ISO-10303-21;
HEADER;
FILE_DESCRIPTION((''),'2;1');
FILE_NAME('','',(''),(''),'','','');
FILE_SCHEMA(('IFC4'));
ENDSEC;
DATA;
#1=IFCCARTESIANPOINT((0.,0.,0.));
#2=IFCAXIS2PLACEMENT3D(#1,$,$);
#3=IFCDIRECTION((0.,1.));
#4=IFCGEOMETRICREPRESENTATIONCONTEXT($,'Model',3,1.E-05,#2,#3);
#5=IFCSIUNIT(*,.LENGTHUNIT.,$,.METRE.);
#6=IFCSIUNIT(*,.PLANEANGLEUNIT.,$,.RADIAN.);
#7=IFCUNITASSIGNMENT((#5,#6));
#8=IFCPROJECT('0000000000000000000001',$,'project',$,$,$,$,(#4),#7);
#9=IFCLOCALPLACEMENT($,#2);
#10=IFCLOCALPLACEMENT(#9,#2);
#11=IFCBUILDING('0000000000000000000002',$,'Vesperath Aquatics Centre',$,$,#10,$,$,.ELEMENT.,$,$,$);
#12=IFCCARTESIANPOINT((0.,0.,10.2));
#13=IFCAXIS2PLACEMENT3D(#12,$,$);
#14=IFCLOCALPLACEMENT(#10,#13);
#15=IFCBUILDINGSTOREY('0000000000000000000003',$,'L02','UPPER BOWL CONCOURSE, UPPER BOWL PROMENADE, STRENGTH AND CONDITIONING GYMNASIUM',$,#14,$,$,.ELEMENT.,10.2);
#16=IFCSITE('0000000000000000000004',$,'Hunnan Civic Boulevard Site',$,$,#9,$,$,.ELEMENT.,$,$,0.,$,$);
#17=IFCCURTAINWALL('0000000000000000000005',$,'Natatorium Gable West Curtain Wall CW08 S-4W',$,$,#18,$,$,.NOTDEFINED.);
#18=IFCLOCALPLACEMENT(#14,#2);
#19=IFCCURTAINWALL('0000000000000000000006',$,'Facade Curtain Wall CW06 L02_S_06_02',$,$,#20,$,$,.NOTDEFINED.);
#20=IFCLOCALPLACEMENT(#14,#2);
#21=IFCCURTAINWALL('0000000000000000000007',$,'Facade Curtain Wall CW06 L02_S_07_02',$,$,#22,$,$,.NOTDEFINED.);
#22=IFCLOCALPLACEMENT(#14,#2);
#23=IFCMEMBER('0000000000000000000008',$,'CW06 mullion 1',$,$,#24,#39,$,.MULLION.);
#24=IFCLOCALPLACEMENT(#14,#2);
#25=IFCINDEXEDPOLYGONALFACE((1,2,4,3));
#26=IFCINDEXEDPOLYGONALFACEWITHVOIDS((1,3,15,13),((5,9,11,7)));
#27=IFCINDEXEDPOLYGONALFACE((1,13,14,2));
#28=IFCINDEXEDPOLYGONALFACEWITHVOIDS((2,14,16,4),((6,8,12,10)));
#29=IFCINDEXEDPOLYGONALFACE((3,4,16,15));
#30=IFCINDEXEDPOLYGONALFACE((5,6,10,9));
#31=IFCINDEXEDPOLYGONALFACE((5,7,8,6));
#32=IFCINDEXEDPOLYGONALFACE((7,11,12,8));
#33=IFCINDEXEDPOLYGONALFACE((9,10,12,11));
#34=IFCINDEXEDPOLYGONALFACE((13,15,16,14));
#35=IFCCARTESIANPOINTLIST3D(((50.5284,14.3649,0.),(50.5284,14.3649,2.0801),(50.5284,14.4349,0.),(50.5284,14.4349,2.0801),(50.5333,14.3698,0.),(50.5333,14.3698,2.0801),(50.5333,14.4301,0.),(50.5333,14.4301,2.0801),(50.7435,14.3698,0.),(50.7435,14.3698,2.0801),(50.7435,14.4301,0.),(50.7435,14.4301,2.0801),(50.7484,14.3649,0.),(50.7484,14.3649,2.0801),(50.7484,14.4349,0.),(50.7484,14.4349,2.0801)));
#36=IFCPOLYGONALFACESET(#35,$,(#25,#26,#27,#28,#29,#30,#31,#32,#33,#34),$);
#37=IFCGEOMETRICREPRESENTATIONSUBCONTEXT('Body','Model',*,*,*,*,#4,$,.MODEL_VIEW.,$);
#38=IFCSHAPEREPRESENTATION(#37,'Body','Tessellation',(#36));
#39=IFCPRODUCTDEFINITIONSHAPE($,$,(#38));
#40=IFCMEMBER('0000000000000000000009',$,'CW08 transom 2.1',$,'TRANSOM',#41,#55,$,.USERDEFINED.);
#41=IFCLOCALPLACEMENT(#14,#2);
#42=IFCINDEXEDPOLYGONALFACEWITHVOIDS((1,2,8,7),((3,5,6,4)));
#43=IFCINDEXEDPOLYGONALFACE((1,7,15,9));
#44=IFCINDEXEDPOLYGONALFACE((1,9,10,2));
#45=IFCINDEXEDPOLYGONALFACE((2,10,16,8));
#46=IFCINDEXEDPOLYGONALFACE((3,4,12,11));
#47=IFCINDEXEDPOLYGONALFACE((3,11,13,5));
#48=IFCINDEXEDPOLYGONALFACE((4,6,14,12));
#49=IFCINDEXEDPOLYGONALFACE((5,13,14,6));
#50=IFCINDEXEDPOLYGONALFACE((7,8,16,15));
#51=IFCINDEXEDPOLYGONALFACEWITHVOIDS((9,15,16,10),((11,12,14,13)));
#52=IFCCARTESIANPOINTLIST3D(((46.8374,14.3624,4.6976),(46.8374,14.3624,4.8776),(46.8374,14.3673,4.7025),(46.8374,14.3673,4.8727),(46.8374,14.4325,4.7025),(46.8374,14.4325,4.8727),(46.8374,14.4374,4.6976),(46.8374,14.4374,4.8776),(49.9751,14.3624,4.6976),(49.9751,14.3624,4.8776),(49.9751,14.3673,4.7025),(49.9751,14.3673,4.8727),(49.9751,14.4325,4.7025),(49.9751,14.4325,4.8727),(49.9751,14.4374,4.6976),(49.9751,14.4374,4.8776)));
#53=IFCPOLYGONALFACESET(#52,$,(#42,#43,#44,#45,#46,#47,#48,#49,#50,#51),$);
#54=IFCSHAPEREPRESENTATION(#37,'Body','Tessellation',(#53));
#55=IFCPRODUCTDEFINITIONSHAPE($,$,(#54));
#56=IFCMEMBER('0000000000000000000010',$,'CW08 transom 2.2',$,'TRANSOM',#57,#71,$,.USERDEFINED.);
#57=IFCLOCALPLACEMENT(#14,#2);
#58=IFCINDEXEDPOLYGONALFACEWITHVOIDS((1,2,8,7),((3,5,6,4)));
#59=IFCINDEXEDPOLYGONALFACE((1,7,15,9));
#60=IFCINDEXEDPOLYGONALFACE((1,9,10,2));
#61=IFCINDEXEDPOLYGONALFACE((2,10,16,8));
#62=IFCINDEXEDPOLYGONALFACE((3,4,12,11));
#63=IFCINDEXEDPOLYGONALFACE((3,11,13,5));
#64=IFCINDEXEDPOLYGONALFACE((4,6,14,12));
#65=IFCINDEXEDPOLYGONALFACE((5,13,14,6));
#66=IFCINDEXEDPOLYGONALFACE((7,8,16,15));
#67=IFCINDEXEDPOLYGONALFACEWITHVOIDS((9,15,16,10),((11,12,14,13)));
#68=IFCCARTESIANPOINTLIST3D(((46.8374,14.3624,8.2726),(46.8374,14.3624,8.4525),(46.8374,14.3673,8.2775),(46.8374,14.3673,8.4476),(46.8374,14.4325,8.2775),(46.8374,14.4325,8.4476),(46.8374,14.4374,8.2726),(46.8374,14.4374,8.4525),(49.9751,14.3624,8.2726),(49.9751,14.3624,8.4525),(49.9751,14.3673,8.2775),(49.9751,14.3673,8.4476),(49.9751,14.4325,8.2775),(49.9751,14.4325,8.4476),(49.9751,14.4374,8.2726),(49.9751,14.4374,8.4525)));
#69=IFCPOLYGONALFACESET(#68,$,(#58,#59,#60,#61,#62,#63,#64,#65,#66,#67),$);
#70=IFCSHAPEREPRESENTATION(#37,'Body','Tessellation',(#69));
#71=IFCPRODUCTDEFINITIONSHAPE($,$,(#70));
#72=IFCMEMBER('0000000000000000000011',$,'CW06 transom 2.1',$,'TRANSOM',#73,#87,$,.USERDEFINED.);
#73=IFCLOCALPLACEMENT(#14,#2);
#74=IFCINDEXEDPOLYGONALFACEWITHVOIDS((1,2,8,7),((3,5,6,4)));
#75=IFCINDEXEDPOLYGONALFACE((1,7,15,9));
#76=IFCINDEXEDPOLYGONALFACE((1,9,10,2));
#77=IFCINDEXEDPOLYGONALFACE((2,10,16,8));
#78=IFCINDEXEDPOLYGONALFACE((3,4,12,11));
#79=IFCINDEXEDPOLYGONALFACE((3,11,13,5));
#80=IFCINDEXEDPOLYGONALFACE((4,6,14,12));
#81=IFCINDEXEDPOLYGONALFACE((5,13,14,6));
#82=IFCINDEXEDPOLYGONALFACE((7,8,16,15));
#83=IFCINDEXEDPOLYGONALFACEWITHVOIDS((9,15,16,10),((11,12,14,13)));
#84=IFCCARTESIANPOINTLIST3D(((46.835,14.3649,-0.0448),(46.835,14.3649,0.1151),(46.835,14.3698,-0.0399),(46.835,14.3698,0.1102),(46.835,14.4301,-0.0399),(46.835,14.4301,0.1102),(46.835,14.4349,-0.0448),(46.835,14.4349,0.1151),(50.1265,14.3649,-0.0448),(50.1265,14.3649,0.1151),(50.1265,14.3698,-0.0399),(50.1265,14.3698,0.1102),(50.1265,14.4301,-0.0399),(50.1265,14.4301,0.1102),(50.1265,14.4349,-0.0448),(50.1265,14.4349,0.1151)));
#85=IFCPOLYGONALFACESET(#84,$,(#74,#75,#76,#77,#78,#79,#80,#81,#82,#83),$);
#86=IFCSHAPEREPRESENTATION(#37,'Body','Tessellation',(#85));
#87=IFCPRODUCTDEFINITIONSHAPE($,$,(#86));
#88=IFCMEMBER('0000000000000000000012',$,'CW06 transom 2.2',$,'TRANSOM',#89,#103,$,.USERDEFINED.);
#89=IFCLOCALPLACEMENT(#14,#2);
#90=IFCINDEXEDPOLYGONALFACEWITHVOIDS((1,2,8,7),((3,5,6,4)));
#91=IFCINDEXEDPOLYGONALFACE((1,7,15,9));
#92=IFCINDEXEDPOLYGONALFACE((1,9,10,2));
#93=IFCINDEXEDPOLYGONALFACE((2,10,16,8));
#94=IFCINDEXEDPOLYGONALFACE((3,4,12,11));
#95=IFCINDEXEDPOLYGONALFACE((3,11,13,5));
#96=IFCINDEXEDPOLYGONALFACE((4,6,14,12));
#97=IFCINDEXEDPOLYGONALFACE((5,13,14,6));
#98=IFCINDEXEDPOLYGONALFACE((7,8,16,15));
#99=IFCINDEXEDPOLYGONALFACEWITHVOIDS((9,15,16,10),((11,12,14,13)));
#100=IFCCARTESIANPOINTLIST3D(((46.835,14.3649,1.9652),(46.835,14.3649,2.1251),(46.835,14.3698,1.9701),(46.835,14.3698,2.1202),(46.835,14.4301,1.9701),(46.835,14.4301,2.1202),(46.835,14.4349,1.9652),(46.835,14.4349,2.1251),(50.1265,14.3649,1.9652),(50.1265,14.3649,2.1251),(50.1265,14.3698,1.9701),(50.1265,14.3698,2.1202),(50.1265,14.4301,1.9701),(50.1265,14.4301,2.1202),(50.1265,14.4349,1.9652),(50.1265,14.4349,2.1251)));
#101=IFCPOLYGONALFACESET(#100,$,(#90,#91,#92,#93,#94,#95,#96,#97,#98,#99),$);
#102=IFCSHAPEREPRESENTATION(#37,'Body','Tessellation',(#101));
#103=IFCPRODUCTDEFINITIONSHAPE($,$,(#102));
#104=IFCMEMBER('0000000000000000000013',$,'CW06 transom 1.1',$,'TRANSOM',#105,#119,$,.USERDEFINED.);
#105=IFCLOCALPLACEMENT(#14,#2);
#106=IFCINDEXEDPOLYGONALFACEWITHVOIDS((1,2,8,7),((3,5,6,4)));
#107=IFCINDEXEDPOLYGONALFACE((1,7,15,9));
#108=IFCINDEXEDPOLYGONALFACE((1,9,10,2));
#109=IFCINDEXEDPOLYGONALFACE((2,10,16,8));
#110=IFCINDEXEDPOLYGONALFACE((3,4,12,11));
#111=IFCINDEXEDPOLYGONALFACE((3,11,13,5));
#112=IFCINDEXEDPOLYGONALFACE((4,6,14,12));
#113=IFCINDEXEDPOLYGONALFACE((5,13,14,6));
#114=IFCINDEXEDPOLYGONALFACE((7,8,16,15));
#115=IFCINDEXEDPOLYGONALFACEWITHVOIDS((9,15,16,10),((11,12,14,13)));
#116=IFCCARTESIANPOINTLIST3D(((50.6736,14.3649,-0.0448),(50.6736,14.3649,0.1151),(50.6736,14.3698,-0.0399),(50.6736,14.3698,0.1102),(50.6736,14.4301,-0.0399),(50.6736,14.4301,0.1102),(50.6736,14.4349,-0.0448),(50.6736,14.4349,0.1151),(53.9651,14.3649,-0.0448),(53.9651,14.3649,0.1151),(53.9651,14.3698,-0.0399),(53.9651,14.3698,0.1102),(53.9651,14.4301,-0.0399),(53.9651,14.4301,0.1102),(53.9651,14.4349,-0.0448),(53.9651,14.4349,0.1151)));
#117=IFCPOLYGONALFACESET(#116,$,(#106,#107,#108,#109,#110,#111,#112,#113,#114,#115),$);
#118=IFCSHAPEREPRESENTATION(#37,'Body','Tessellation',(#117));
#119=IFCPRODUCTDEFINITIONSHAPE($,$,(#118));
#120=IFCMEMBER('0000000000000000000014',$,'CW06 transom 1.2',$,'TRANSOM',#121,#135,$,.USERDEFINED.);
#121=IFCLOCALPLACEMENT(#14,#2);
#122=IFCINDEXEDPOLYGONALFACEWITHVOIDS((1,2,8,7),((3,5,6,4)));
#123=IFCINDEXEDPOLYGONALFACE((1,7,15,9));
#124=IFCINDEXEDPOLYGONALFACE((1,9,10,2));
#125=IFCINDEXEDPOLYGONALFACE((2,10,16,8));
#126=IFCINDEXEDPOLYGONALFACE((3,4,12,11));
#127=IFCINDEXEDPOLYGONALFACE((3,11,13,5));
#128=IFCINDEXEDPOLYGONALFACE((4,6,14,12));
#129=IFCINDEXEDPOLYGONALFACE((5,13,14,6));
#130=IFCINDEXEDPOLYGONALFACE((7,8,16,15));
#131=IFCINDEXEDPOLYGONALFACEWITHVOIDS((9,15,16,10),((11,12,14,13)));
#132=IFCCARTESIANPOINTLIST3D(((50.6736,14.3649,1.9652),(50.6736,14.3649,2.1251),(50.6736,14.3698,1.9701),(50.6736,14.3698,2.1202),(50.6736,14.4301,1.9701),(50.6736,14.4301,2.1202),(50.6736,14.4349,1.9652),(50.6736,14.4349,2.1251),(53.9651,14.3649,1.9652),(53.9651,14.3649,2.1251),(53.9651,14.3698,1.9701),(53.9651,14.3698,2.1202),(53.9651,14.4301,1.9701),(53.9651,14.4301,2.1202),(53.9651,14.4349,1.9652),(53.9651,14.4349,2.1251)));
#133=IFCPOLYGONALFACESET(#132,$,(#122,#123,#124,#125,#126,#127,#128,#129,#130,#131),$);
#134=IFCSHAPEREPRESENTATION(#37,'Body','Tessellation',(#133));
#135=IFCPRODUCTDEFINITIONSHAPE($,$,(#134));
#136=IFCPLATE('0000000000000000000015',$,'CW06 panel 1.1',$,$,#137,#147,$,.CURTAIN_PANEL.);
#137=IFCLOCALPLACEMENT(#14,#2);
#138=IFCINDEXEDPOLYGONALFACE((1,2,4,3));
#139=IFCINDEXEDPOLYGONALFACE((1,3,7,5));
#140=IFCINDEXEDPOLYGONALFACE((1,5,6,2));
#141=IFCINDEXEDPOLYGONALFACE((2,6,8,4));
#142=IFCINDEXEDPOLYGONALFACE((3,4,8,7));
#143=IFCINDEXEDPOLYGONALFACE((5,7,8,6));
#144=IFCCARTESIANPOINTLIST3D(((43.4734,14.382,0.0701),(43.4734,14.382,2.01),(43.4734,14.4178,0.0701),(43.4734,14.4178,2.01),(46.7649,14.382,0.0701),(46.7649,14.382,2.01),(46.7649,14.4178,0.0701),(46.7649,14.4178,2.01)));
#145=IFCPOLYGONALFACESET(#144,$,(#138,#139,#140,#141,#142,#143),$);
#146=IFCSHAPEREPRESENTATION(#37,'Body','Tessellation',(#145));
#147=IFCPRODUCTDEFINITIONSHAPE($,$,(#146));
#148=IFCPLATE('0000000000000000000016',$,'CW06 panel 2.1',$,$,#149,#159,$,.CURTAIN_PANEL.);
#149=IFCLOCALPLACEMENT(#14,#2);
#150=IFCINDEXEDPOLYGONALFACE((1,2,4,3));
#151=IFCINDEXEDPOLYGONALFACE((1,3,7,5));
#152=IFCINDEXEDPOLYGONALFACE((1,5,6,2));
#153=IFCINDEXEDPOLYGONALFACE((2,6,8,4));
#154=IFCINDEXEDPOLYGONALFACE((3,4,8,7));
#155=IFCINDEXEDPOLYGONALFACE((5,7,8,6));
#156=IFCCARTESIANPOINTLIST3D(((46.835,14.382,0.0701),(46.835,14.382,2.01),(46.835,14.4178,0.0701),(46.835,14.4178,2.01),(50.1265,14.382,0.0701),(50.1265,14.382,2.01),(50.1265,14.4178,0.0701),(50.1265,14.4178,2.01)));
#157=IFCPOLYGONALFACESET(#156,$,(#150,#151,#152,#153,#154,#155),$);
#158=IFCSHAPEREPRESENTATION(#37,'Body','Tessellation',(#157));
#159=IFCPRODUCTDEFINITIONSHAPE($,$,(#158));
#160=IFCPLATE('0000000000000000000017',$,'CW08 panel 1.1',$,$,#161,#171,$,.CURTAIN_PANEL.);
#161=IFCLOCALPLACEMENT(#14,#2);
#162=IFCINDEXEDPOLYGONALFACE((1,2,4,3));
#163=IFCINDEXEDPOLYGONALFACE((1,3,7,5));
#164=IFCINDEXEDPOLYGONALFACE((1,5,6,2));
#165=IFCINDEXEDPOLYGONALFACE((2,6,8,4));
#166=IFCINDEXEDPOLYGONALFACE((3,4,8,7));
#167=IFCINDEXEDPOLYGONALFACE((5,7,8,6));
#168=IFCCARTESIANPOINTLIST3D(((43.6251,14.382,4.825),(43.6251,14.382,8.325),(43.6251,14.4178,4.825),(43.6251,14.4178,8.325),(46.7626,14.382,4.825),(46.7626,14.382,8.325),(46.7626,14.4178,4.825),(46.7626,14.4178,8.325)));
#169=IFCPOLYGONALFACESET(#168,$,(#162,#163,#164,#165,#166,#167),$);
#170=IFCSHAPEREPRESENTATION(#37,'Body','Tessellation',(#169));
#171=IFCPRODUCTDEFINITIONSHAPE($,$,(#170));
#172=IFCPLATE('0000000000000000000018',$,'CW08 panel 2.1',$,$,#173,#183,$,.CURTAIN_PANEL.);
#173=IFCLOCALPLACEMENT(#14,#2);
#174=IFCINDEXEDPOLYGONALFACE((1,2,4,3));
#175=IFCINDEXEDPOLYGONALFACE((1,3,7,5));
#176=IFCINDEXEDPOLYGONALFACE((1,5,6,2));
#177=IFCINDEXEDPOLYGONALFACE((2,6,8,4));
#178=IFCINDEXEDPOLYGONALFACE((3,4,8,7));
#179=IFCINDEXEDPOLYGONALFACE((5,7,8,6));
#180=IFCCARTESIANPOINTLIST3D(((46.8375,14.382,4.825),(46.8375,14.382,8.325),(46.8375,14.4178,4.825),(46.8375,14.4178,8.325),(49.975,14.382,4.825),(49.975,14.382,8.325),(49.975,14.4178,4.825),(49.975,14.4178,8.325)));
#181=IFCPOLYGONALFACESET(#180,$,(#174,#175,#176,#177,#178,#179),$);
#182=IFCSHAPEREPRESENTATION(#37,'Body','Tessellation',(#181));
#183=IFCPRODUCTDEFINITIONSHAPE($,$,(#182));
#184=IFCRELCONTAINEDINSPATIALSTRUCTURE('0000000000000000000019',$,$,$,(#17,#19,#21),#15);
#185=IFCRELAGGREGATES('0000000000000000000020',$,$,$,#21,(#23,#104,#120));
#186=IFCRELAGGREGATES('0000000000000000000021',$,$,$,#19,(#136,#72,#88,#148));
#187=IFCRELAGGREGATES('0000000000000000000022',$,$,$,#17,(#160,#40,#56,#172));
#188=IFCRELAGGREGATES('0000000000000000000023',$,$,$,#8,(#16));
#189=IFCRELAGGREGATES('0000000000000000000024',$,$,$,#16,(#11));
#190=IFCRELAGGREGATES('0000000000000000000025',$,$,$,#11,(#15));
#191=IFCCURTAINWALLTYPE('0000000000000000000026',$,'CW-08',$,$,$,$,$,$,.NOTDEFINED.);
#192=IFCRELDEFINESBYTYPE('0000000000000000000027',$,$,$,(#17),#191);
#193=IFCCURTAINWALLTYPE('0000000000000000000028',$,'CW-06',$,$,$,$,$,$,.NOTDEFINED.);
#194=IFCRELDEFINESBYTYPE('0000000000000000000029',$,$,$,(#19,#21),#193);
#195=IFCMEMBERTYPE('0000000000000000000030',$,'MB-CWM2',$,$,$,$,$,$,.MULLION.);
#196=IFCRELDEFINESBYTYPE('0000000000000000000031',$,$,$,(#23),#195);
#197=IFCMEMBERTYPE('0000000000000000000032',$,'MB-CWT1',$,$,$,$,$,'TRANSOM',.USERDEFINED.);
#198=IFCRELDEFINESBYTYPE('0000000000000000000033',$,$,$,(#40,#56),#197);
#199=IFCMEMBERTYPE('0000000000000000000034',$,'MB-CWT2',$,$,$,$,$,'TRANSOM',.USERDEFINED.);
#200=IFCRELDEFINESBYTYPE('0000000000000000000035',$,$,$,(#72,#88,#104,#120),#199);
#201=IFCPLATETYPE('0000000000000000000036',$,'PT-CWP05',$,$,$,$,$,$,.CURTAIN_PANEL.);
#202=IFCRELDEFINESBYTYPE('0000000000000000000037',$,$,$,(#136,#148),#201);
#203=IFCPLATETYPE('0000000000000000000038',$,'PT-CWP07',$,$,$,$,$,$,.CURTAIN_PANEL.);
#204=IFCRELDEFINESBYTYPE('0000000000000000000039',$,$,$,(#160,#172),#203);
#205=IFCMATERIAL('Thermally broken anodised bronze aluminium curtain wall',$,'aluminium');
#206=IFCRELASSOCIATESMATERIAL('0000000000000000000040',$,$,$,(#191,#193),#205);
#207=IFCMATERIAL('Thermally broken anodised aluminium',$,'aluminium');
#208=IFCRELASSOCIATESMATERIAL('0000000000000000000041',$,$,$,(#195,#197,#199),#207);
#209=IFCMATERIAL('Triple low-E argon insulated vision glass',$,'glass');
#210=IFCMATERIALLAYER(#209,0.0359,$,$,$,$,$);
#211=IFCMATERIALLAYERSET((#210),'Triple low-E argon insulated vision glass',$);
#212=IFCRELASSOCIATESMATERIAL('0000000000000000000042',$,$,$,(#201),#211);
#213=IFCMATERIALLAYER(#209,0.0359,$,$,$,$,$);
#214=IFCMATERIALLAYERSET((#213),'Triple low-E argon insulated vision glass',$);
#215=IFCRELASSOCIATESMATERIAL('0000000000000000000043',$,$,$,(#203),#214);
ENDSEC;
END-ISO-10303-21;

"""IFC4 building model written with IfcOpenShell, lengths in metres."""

from ifc_helpers import new_model, si_unit, direction, frame, origin, origin_2d, place, context, subcontext, project, spatial, rectangle, hollow_rectangle, extrude, material, layer, layer_set, material_profile, profile_set, type_object, element, aggregate, save


model = new_model("IFC4")

# Units and contexts
model_context = context("Model", 3, precision=1e-05, world=origin(), true_north=direction((0.0, 1.0)))
body_context = subcontext(model_context, "Body", "Model", "MODEL_VIEW")
ifc_project = project(units=[si_unit("LENGTHUNIT", "METRE"), si_unit("PLANEANGLEUNIT", "RADIAN")], contexts=[model_context])

# Site, building, storey
site_placement = place(None, origin())
site = spatial("IfcSite", under=ifc_project, at=site_placement, Name="Hunnan Civic Boulevard Site", CompositionType="ELEMENT", RefElevation=0.0)
building_placement = place(site_placement, origin())
building = spatial("IfcBuilding", under=site, at=building_placement, Name="Vesperath Aquatics Centre", CompositionType="ELEMENT")
storey_placement = place(building_placement, frame((0.0, 0.0, 10.2)))
storey = spatial("IfcBuildingStorey", under=building, at=storey_placement, Name="L02", Description="UPPER BOWL CONCOURSE, UPPER BOWL PROMENADE, STRENGTH AND CONDITIONING GYMNASIUM", CompositionType="ELEMENT", Elevation=10.2)

# Curtain walls
ifc_material_1 = material(Name="Thermally broken anodised bronze aluminium curtain wall", Category="aluminium")
curtain_wall_type_1 = type_object("IfcCurtainWallType", Name="CW-08", PredefinedType="NOTDEFINED", material=ifc_material_1)
curtain_wall_1_placement = place(storey_placement, origin())
curtain_wall_1 = element("IfcCurtainWall", 1, at=curtain_wall_1_placement, inside=storey, type_object=curtain_wall_type_1, Name="Natatorium Gable West Curtain Wall CW08 S-4W", PredefinedType="NOTDEFINED")
ifc_material_2 = material(Name="Thermally broken anodised aluminium", Category="aluminium")
curtain_wall_type_2 = type_object("IfcCurtainWallType", Name="CW-06", PredefinedType="NOTDEFINED", material=ifc_material_1)
curtain_wall_2_placement = place(storey_placement, origin())
curtain_wall_2 = element("IfcCurtainWall", 2, at=curtain_wall_2_placement, inside=storey, type_object=curtain_wall_type_2, Name="Facade Curtain Wall CW06 L02_S_06_02", PredefinedType="NOTDEFINED")
ifc_material_profile_1 = material_profile(ifc_material_2, hollow_rectangle(XDim=0.0701, YDim=0.22, WallThickness=0.0049, at=origin_2d()), Name="CWM 70x220x5")
ifc_profile_set_1 = profile_set([ifc_material_profile_1], Name="Thermally broken anodised aluminium")
member_type_1 = type_object("IfcMemberType", Name="MB-CWM2", PredefinedType="MULLION", material=ifc_profile_set_1)

# Curtain wall, member
curtain_wall_3_placement = place(storey_placement, origin())
curtain_wall_3 = element("IfcCurtainWall", 3, at=curtain_wall_3_placement, inside=storey, type_object=curtain_wall_type_2, Name="Facade Curtain Wall CW06 L02_S_07_02", PredefinedType="NOTDEFINED")
member_1_placement = place(storey_placement, frame((50.6384, 14.3999, 0.0), z_axis=(0.0, 0.0, 1.0), x_axis=(0.0, 1.0, 0.0)))
member_1 = element("IfcMember", 4, at=member_1_placement, type_object=member_type_1, Name="CW06 mullion 1", PredefinedType="MULLION", context=body_context, shape_type="SweptSolid", body=[
    extrude(hollow_rectangle(XDim=0.0701, YDim=0.22, WallThickness=0.0049, at=origin_2d()), origin(), (0.0, 0.0, 1.0), 2.0801),
])

# Members
ifc_material_profile_2 = material_profile(ifc_material_2, hollow_rectangle(XDim=0.075, YDim=0.1799, WallThickness=0.0049, at=origin_2d()), Name="CWT 75x180x5")
ifc_profile_set_2 = profile_set([ifc_material_profile_2], Name="Thermally broken anodised aluminium")
member_type_2 = type_object("IfcMemberType", Name="MB-CWT1", ElementType="TRANSOM", PredefinedType="USERDEFINED", material=ifc_profile_set_2)
member_2_placement = place(storey_placement, frame((46.8374, 14.3999, 4.7876), z_axis=(1.0, 0.0, 0.0), x_axis=(0.0, 1.0, 0.0)))
member_2 = element("IfcMember", 5, at=member_2_placement, type_object=member_type_2, Name="CW08 transom 2.1", ObjectType="TRANSOM", PredefinedType="USERDEFINED", context=body_context, shape_type="SweptSolid", body=[
    extrude(hollow_rectangle(XDim=0.075, YDim=0.1799, WallThickness=0.0049, at=origin_2d()), origin(), (0.0, 0.0, 1.0), 3.1377),
])
member_3_placement = place(storey_placement, frame((46.8374, 14.3999, 8.3625), z_axis=(1.0, 0.0, 0.0), x_axis=(0.0, 1.0, 0.0)))
member_3 = element("IfcMember", 6, at=member_3_placement, type_object=member_type_2, Name="CW08 transom 2.2", ObjectType="TRANSOM", PredefinedType="USERDEFINED", context=body_context, shape_type="SweptSolid", body=[
    extrude(hollow_rectangle(XDim=0.075, YDim=0.1799, WallThickness=0.0049, at=origin_2d()), origin(), (0.0, 0.0, 1.0), 3.1377),
])
ifc_material_profile_3 = material_profile(ifc_material_2, hollow_rectangle(XDim=0.0701, YDim=0.1599, WallThickness=0.0049, at=origin_2d()), Name="CWT 70x160x5")
ifc_profile_set_3 = profile_set([ifc_material_profile_3], Name="Thermally broken anodised aluminium")
member_type_3 = type_object("IfcMemberType", Name="MB-CWT2", ElementType="TRANSOM", PredefinedType="USERDEFINED", material=ifc_profile_set_3)
member_4_placement = place(storey_placement, frame((46.835, 14.3999, 0.0352), z_axis=(1.0, 0.0, 0.0), x_axis=(0.0, 1.0, 0.0)))
member_4 = element("IfcMember", 7, at=member_4_placement, type_object=member_type_3, Name="CW06 transom 2.1", ObjectType="TRANSOM", PredefinedType="USERDEFINED", context=body_context, shape_type="SweptSolid", body=[
    extrude(hollow_rectangle(XDim=0.0701, YDim=0.1599, WallThickness=0.0049, at=origin_2d()), origin(), (0.0, 0.0, 1.0), 3.2915),
])
member_5_placement = place(storey_placement, frame((46.835, 14.3999, 2.0452), z_axis=(1.0, 0.0, 0.0), x_axis=(0.0, 1.0, 0.0)))
member_5 = element("IfcMember", 8, at=member_5_placement, type_object=member_type_3, Name="CW06 transom 2.2", ObjectType="TRANSOM", PredefinedType="USERDEFINED", context=body_context, shape_type="SweptSolid", body=[
    extrude(hollow_rectangle(XDim=0.0701, YDim=0.1599, WallThickness=0.0049, at=origin_2d()), origin(), (0.0, 0.0, 1.0), 3.2915),
])
member_6_placement = place(storey_placement, frame((50.6736, 14.3999, 0.0352), z_axis=(1.0, 0.0, 0.0), x_axis=(0.0, 1.0, 0.0)))
member_6 = element("IfcMember", 9, at=member_6_placement, type_object=member_type_3, Name="CW06 transom 1.1", ObjectType="TRANSOM", PredefinedType="USERDEFINED", context=body_context, shape_type="SweptSolid", body=[
    extrude(hollow_rectangle(XDim=0.0701, YDim=0.1599, WallThickness=0.0049, at=origin_2d()), origin(), (0.0, 0.0, 1.0), 3.2915),
])
member_7_placement = place(storey_placement, frame((50.6736, 14.3999, 2.0452), z_axis=(1.0, 0.0, 0.0), x_axis=(0.0, 1.0, 0.0)))
member_7 = element("IfcMember", 10, at=member_7_placement, type_object=member_type_3, Name="CW06 transom 1.2", ObjectType="TRANSOM", PredefinedType="USERDEFINED", context=body_context, shape_type="SweptSolid", body=[
    extrude(hollow_rectangle(XDim=0.0701, YDim=0.1599, WallThickness=0.0049, at=origin_2d()), origin(), (0.0, 0.0, 1.0), 3.2915),
])
aggregate(curtain_wall_3, [member_1, member_6, member_7])

# Plates
ifc_material_3 = material(Name="Triple low-E argon insulated vision glass", Category="glass")
ifc_layer_1 = layer(ifc_material_3, 0.0359)
ifc_layer_set_1 = layer_set([ifc_layer_1], Name="Triple low-E argon insulated vision glass")
plate_type_1 = type_object("IfcPlateType", Name="PT-CWP05", PredefinedType="CURTAIN_PANEL", material=ifc_layer_set_1)
plate_1_placement = place(storey_placement, frame((45.1191, 14.3999, 0.0701), z_axis=(0.0, 0.0, 1.0), x_axis=(1.0, 0.0, 0.0)))
plate_1 = element("IfcPlate", 11, at=plate_1_placement, type_object=plate_type_1, Name="CW06 panel 1.1", PredefinedType="CURTAIN_PANEL", context=body_context, shape_type="SweptSolid", body=[
    extrude(rectangle(XDim=3.2915, YDim=0.0359, at=origin_2d()), origin(), (0.0, 0.0, 1.0), 1.9399),
])
plate_2_placement = place(storey_placement, frame((48.4807, 14.3999, 0.0701), z_axis=(0.0, 0.0, 1.0), x_axis=(1.0, 0.0, 0.0)))
plate_2 = element("IfcPlate", 12, at=plate_2_placement, type_object=plate_type_1, Name="CW06 panel 2.1", PredefinedType="CURTAIN_PANEL", context=body_context, shape_type="SweptSolid", body=[
    extrude(rectangle(XDim=3.2915, YDim=0.0359, at=origin_2d()), origin(), (0.0, 0.0, 1.0), 1.9399),
])
aggregate(curtain_wall_2, [plate_1, member_4, member_5, plate_2])
ifc_layer_2 = layer(ifc_material_3, 0.0359)
ifc_layer_set_2 = layer_set([ifc_layer_2], Name="Triple low-E argon insulated vision glass")
plate_type_2 = type_object("IfcPlateType", Name="PT-CWP07", PredefinedType="CURTAIN_PANEL", material=ifc_layer_set_2)
plate_3_placement = place(storey_placement, frame((45.1938, 14.3999, 4.825), z_axis=(0.0, 0.0, 1.0), x_axis=(1.0, 0.0, 0.0)))
plate_3 = element("IfcPlate", 13, at=plate_3_placement, type_object=plate_type_2, Name="CW08 panel 1.1", PredefinedType="CURTAIN_PANEL", context=body_context, shape_type="SweptSolid", body=[
    extrude(rectangle(XDim=3.1375, YDim=0.0359, at=origin_2d()), origin(), (0.0, 0.0, 1.0), 3.5),
])
plate_4_placement = place(storey_placement, frame((48.4062, 14.3999, 4.825), z_axis=(0.0, 0.0, 1.0), x_axis=(1.0, 0.0, 0.0)))
plate_4 = element("IfcPlate", 14, at=plate_4_placement, type_object=plate_type_2, Name="CW08 panel 2.1", PredefinedType="CURTAIN_PANEL", context=body_context, shape_type="SweptSolid", body=[
    extrude(rectangle(XDim=3.1375, YDim=0.0359, at=origin_2d()), origin(), (0.0, 0.0, 1.0), 3.5),
])
aggregate(curtain_wall_1, [plate_3, member_2, member_3, plate_4])

save(model, "model.ifc")
